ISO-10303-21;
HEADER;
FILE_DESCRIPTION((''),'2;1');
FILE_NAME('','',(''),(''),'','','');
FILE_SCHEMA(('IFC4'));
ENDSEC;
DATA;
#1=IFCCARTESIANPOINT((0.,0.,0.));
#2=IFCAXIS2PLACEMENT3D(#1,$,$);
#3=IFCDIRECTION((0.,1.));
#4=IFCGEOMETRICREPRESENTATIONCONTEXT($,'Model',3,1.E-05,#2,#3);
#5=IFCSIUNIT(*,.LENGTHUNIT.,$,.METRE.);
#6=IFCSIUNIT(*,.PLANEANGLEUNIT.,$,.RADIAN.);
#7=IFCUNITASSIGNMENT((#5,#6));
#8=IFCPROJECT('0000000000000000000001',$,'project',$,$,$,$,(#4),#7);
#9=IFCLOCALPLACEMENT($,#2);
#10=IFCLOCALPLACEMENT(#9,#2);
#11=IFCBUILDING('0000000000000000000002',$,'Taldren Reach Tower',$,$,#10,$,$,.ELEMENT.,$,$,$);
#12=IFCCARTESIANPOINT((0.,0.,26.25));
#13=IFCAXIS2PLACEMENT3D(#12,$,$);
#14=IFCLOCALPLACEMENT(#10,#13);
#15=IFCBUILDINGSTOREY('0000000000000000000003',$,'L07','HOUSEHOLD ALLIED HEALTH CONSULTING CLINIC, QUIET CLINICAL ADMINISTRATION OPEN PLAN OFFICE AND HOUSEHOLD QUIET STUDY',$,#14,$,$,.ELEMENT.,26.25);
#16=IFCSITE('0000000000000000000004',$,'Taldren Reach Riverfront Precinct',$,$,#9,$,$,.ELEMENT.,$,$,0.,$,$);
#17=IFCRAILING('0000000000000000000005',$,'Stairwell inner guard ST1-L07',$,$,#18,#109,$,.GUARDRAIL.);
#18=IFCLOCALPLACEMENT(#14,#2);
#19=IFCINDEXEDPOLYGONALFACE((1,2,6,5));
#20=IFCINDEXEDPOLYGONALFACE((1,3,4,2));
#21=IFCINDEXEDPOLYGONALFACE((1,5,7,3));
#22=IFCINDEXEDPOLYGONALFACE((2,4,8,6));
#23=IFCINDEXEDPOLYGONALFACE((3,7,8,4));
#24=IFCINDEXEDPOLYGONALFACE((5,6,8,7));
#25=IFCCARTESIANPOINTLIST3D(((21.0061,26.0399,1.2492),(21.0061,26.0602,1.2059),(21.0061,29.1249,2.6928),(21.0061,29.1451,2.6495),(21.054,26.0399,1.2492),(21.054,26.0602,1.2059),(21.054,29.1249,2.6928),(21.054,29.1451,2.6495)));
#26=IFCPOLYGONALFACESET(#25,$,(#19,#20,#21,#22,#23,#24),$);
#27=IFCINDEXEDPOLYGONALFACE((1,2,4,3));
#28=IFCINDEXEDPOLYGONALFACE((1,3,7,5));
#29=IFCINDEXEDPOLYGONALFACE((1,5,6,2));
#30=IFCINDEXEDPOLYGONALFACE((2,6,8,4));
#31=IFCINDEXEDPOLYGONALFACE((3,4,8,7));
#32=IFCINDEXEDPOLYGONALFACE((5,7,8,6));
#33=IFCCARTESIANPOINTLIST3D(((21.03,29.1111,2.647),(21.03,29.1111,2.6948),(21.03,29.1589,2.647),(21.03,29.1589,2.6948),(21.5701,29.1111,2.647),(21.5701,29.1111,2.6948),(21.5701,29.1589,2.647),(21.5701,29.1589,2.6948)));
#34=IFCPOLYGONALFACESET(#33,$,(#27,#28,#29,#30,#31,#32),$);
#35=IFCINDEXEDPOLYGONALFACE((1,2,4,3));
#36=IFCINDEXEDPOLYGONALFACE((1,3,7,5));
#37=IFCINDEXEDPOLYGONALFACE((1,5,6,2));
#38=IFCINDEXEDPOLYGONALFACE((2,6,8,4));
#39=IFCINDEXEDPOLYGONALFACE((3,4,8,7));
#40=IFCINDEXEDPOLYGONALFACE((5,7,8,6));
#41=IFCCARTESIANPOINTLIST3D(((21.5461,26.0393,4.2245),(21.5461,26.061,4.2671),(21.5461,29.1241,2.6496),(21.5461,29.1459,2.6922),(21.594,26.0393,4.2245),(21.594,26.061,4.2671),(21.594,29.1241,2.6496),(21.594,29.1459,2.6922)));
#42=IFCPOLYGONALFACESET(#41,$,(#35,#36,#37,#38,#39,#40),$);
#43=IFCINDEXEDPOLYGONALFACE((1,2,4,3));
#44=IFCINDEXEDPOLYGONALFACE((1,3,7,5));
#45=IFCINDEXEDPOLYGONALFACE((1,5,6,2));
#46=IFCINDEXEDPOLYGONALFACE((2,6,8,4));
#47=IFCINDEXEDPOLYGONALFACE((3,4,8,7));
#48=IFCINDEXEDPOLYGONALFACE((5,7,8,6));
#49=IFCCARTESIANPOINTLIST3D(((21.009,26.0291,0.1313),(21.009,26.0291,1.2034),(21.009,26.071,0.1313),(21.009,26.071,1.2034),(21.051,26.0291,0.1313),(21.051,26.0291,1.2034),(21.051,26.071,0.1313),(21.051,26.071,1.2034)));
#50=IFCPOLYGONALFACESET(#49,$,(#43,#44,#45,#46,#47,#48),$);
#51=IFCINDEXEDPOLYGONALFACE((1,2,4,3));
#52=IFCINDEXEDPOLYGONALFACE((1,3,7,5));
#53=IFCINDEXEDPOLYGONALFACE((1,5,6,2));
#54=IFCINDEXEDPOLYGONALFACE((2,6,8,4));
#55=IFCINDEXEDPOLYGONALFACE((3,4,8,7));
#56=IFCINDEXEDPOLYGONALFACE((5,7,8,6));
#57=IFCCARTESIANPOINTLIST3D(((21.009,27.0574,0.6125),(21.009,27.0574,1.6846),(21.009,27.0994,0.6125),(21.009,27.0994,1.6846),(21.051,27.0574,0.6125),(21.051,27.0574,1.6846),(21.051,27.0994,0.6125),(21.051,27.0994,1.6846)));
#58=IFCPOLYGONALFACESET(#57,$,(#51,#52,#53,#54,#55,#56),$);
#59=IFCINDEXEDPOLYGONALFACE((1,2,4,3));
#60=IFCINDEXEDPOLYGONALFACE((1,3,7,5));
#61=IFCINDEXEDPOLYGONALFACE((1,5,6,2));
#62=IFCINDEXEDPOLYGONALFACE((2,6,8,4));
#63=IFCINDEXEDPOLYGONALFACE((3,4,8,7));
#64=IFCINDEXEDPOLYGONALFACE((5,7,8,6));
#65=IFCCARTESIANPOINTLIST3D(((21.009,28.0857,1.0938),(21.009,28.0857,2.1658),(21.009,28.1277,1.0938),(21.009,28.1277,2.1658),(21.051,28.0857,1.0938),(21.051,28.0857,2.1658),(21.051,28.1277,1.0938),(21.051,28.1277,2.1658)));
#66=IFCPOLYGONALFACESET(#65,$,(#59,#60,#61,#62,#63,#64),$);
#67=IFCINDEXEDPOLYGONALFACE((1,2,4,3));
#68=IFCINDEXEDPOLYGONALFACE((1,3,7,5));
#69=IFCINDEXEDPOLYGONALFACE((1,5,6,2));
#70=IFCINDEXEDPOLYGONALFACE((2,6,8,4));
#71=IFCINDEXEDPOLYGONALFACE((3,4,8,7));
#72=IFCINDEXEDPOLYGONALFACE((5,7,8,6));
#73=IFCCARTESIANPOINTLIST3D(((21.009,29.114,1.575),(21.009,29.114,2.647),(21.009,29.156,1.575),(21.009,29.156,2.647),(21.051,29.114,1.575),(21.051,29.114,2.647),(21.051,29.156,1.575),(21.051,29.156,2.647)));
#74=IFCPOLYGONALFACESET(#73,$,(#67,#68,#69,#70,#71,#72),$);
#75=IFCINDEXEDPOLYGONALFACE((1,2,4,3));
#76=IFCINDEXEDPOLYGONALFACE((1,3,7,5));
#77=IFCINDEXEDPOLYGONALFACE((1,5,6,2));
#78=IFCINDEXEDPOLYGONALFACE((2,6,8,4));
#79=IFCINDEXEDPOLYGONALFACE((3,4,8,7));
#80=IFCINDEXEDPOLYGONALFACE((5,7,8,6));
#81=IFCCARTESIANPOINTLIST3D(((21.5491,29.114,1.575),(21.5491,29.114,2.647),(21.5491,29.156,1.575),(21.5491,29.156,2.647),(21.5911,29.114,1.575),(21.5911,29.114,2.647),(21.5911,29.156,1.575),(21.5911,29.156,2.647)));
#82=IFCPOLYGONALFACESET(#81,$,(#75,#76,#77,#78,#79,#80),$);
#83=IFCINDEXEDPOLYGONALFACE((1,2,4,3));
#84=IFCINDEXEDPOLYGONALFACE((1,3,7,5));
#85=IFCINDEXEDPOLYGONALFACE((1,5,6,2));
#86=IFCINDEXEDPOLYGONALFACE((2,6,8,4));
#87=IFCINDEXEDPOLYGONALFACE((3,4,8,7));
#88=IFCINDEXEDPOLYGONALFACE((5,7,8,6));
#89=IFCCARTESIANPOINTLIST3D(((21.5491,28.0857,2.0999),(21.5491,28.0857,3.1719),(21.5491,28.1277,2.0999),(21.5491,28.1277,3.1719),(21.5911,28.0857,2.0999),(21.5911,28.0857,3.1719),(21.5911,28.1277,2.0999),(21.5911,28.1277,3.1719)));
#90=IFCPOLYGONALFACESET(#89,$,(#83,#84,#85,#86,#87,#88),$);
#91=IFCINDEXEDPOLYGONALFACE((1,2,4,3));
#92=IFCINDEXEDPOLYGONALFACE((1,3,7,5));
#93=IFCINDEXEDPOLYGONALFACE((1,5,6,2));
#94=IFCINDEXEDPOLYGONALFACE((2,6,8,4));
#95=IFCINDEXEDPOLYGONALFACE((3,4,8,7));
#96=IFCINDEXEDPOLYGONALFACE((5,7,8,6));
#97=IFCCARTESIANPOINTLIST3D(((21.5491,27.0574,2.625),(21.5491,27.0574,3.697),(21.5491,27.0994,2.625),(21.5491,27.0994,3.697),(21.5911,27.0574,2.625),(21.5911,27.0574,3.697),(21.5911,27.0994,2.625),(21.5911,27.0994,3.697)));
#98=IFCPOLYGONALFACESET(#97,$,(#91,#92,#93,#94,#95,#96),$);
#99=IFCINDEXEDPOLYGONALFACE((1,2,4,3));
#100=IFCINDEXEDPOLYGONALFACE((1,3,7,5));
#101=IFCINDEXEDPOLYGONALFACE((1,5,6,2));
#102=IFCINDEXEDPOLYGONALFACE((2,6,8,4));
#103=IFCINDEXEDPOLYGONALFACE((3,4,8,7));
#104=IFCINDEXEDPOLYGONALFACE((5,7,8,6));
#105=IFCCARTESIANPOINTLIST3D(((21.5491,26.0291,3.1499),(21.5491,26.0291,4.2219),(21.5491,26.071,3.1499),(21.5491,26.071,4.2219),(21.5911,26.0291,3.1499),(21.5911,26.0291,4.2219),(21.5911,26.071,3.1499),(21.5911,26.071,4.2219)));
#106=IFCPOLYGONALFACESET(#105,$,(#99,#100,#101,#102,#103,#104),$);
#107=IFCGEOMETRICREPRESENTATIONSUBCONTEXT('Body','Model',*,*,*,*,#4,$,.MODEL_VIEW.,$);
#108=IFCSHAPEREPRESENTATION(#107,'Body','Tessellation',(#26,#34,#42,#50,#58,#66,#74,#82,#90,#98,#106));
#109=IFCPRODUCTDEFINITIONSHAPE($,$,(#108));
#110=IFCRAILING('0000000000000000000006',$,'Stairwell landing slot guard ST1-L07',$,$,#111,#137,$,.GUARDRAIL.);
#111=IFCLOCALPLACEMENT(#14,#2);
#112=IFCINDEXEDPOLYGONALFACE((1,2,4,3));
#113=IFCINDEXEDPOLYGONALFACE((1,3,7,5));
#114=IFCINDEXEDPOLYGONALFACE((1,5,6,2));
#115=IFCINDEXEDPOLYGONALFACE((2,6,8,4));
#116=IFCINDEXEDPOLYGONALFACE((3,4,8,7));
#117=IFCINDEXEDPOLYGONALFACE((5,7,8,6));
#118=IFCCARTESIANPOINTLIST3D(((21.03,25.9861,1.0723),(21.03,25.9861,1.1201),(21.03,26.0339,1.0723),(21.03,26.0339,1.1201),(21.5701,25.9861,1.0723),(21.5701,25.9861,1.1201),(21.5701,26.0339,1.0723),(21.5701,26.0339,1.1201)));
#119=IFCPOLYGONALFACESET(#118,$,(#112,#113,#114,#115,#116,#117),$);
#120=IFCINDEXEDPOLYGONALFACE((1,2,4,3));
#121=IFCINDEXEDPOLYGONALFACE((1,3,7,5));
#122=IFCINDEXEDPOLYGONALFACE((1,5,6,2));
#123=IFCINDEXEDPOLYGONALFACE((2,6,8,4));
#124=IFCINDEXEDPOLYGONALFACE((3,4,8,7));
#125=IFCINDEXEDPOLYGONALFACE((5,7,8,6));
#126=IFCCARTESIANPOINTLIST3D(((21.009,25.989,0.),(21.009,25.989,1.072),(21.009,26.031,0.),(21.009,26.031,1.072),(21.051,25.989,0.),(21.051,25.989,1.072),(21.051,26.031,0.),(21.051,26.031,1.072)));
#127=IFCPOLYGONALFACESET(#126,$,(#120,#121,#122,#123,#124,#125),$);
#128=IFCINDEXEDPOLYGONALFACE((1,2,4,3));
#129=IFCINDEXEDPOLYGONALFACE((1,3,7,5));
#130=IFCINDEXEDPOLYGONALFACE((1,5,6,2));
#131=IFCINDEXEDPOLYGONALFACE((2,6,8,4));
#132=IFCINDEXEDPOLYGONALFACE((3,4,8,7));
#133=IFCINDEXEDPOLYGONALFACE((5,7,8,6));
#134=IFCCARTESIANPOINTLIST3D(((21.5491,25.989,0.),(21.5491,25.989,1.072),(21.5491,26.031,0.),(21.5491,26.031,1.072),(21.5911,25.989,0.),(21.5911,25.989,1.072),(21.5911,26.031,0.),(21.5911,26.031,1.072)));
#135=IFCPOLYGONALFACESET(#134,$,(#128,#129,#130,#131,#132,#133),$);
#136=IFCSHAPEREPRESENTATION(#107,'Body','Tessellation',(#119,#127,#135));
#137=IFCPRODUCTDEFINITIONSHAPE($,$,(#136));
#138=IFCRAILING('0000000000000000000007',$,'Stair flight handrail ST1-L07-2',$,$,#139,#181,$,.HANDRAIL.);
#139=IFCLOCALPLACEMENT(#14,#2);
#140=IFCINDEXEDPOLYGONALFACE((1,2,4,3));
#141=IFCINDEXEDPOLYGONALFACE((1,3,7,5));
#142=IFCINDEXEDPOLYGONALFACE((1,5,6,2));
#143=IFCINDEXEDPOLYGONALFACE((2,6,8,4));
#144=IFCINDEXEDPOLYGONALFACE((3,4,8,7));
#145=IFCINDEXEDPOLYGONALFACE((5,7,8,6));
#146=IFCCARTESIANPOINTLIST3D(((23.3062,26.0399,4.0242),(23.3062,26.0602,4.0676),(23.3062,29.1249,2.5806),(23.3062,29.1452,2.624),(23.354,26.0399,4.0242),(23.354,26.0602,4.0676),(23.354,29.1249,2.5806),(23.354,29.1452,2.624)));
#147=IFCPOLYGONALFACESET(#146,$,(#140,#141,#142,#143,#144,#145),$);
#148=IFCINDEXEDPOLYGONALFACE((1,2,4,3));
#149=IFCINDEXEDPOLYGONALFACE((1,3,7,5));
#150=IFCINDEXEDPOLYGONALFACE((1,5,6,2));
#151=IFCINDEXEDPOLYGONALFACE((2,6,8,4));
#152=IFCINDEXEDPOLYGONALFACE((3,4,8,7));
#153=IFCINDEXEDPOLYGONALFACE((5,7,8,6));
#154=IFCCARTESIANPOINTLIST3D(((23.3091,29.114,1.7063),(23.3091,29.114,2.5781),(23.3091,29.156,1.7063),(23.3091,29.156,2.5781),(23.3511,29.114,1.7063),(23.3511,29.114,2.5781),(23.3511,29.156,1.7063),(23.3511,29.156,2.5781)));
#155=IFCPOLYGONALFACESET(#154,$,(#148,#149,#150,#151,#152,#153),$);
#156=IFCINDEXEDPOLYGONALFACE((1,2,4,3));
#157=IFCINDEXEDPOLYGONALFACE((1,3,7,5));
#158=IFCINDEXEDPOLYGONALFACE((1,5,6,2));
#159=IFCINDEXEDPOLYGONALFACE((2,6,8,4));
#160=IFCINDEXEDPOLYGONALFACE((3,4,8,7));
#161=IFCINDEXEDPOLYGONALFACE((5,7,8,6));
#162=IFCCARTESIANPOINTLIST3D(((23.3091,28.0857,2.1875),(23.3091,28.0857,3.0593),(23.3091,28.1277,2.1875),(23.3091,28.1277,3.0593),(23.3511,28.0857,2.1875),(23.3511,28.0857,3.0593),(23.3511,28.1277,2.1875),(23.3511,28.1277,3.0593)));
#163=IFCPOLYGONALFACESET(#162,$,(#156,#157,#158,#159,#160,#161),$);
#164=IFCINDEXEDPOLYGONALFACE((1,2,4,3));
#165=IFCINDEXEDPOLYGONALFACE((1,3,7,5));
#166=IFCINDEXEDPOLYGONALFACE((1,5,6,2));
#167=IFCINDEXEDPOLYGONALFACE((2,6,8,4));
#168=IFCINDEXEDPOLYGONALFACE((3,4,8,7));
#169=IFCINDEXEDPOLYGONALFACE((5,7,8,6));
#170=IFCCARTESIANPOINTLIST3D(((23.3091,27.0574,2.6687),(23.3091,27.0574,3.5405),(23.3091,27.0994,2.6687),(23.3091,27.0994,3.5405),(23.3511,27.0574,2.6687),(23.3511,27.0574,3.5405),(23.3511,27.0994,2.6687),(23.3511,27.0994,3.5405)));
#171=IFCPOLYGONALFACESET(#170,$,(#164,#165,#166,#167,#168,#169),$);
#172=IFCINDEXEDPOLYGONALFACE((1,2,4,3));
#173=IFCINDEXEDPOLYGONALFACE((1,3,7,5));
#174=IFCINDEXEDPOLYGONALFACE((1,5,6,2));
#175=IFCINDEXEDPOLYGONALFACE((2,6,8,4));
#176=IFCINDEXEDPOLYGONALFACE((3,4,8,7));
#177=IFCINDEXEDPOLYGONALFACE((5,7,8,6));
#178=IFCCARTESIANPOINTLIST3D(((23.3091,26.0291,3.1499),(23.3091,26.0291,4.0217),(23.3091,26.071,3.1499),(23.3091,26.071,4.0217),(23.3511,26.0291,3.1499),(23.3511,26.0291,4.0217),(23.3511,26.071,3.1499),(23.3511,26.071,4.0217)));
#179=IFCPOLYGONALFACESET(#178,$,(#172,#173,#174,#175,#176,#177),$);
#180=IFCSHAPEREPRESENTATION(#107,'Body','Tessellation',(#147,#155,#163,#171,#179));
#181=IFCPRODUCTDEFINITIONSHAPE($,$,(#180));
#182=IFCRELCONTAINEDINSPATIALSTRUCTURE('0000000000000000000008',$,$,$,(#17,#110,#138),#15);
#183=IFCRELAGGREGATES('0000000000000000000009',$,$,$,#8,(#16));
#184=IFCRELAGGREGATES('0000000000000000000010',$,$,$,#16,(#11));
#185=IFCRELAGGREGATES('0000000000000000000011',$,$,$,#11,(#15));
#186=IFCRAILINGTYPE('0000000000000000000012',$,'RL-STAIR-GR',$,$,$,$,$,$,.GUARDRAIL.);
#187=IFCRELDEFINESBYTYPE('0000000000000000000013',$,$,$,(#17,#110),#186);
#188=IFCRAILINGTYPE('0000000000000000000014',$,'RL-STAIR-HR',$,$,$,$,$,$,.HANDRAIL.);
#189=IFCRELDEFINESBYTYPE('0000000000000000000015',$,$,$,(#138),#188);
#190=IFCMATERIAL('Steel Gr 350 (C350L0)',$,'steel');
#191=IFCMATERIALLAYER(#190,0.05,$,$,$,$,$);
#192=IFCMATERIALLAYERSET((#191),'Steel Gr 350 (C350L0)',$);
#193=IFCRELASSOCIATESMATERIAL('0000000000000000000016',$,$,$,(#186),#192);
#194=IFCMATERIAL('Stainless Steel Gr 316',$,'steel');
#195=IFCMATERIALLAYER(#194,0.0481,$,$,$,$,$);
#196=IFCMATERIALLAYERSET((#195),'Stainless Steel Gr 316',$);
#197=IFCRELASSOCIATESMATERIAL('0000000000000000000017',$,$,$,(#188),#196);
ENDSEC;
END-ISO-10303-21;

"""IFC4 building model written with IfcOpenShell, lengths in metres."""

from ifc_helpers import new_model, si_unit, direction, frame, origin, origin_2d, place, context, subcontext, project, spatial, rectangle, extrude, material, layer, layer_set, type_object, element, save


model = new_model("IFC4")

# Units and contexts
model_context = context("Model", 3, precision=1e-05, world=origin(), true_north=direction((0.0, 1.0)))
body_context = subcontext(model_context, "Body", "Model", "MODEL_VIEW")
ifc_project = project(units=[si_unit("LENGTHUNIT", "METRE"), si_unit("PLANEANGLEUNIT", "RADIAN")], contexts=[model_context])

# Site, building, storey
site_placement = place(None, origin())
site = spatial("IfcSite", under=ifc_project, at=site_placement, Name="Taldren Reach Riverfront Precinct", CompositionType="ELEMENT", RefElevation=0.0)
building_placement = place(site_placement, origin())
building = spatial("IfcBuilding", under=site, at=building_placement, Name="Taldren Reach Tower", CompositionType="ELEMENT")
storey_placement = place(building_placement, frame((0.0, 0.0, 26.25)))
storey = spatial("IfcBuildingStorey", under=building, at=storey_placement, Name="L07", Description="HOUSEHOLD ALLIED HEALTH CONSULTING CLINIC, QUIET CLINICAL ADMINISTRATION OPEN PLAN OFFICE AND HOUSEHOLD QUIET STUDY", CompositionType="ELEMENT", Elevation=26.25)

# Railings
ifc_material_1 = material(Name="Steel Gr 350 (C350L0)", Category="steel")
ifc_layer_1 = layer(ifc_material_1, 0.05)
ifc_layer_set_1 = layer_set([ifc_layer_1], Name="Steel Gr 350 (C350L0)")
railing_type_1 = type_object("IfcRailingType", Name="RL-STAIR-GR", PredefinedType="GUARDRAIL", material=ifc_layer_set_1)
railing_1_placement = place(storey_placement, frame((21.03, 26.05, 0.1313)))
element("IfcRailing", 1, at=railing_1_placement, inside=storey, type_object=railing_type_1, Name="Stairwell inner guard ST1-L07", PredefinedType="GUARDRAIL", context=body_context, shape_type="SweptSolid", body=[
    extrude(rectangle(XDim=0.0479, YDim=0.0479, at=origin_2d()), frame((0.0, 0.0, 1.0962), z_axis=(0.0, 0.905738, 0.423839), x_axis=(-1.0, 0.0, 0.0)), (0.0, 0.0, 1.0), 3.406),
    extrude(rectangle(XDim=0.0479, YDim=0.0479, at=origin_2d()), frame((0.0, 3.085, 2.5396), z_axis=(1.0, 0.0, 0.0), x_axis=(0.0, 1.0, 0.0)), (0.0, 0.0, 1.0), 0.54),
    extrude(rectangle(XDim=0.0479, YDim=0.0479, at=origin_2d()), frame((0.54, 3.085, 2.5396), z_axis=(0.0, -0.890646, 0.454697), x_axis=(1.0, 0.0, 0.0)), (0.0, 0.0, 1.0), 3.4636),
    extrude(rectangle(XDim=0.042, YDim=0.042, at=origin_2d()), origin(), (0.0, 0.0, 1.0), 1.072),
    extrude(rectangle(XDim=0.042, YDim=0.042, at=origin_2d()), frame((0.0, 1.0283, 0.4812)), (0.0, 0.0, 1.0), 1.072),
    extrude(rectangle(XDim=0.042, YDim=0.042, at=origin_2d()), frame((0.0, 2.0566, 0.9624)), (0.0, 0.0, 1.0), 1.072),
    extrude(rectangle(XDim=0.042, YDim=0.042, at=origin_2d()), frame((0.0, 3.085, 1.4436)), (0.0, 0.0, 1.0), 1.072),
    extrude(rectangle(XDim=0.042, YDim=0.042, at=origin_2d()), frame((0.54, 3.085, 1.4436)), (0.0, 0.0, 1.0), 1.072),
    extrude(rectangle(XDim=0.042, YDim=0.042, at=origin_2d()), frame((0.54, 2.0566, 1.9685)), (0.0, 0.0, 1.0), 1.072),
    extrude(rectangle(XDim=0.042, YDim=0.042, at=origin_2d()), frame((0.54, 1.0283, 2.4937)), (0.0, 0.0, 1.0), 1.072),
    extrude(rectangle(XDim=0.042, YDim=0.042, at=origin_2d()), frame((0.54, 0.0, 3.0186)), (0.0, 0.0, 1.0), 1.072),
])
railing_2_placement = place(storey_placement, frame((21.03, 26.01, 0.0)))
element("IfcRailing", 2, at=railing_2_placement, inside=storey, type_object=railing_type_1, Name="Stairwell landing slot guard ST1-L07", PredefinedType="GUARDRAIL", context=body_context, shape_type="SweptSolid", body=[
    extrude(rectangle(XDim=0.0479, YDim=0.0479, at=origin_2d()), frame((0.0, 0.0, 1.0962), z_axis=(1.0, 0.0, 0.0), x_axis=(0.0, 1.0, 0.0)), (0.0, 0.0, 1.0), 0.54),
    extrude(rectangle(XDim=0.042, YDim=0.042, at=origin_2d()), origin(), (0.0, 0.0, 1.0), 1.072),
    extrude(rectangle(XDim=0.042, YDim=0.042, at=origin_2d()), frame((0.54, 0.0, 0.0)), (0.0, 0.0, 1.0), 1.072),
])
ifc_material_2 = material(Name="Stainless Steel Gr 316", Category="steel")
ifc_layer_2 = layer(ifc_material_2, 0.0481)
ifc_layer_set_2 = layer_set([ifc_layer_2], Name="Stainless Steel Gr 316")
railing_type_2 = type_object("IfcRailingType", Name="RL-STAIR-HR", PredefinedType="HANDRAIL", material=ifc_layer_set_2)
railing_3_placement = place(storey_placement, frame((23.3301, 29.135, 1.7063)))
element("IfcRailing", 3, at=railing_3_placement, inside=storey, type_object=railing_type_2, Name="Stair flight handrail ST1-L07-2", PredefinedType="HANDRAIL", context=body_context, shape_type="SweptSolid", body=[
    extrude(rectangle(XDim=0.0479, YDim=0.0479, at=origin_2d()), frame((0.0, 0.0, 0.896), z_axis=(0.0, -0.905738, 0.423839), x_axis=(1.0, 0.0, 0.0)), (0.0, 0.0, 1.0), 3.406),
    extrude(rectangle(XDim=0.042, YDim=0.042, at=origin_2d()), origin(), (0.0, 0.0, 1.0), 0.8718),
    extrude(rectangle(XDim=0.042, YDim=0.042, at=origin_2d()), frame((0.0, -1.0283, 0.4812)), (0.0, 0.0, 1.0), 0.8718),
    extrude(rectangle(XDim=0.042, YDim=0.042, at=origin_2d()), frame((0.0, -2.0566, 0.9624)), (0.0, 0.0, 1.0), 0.8718),
    extrude(rectangle(XDim=0.042, YDim=0.042, at=origin_2d()), frame((0.0, -3.085, 1.4436)), (0.0, 0.0, 1.0), 0.8718),
])

save(model, "model.ifc")
